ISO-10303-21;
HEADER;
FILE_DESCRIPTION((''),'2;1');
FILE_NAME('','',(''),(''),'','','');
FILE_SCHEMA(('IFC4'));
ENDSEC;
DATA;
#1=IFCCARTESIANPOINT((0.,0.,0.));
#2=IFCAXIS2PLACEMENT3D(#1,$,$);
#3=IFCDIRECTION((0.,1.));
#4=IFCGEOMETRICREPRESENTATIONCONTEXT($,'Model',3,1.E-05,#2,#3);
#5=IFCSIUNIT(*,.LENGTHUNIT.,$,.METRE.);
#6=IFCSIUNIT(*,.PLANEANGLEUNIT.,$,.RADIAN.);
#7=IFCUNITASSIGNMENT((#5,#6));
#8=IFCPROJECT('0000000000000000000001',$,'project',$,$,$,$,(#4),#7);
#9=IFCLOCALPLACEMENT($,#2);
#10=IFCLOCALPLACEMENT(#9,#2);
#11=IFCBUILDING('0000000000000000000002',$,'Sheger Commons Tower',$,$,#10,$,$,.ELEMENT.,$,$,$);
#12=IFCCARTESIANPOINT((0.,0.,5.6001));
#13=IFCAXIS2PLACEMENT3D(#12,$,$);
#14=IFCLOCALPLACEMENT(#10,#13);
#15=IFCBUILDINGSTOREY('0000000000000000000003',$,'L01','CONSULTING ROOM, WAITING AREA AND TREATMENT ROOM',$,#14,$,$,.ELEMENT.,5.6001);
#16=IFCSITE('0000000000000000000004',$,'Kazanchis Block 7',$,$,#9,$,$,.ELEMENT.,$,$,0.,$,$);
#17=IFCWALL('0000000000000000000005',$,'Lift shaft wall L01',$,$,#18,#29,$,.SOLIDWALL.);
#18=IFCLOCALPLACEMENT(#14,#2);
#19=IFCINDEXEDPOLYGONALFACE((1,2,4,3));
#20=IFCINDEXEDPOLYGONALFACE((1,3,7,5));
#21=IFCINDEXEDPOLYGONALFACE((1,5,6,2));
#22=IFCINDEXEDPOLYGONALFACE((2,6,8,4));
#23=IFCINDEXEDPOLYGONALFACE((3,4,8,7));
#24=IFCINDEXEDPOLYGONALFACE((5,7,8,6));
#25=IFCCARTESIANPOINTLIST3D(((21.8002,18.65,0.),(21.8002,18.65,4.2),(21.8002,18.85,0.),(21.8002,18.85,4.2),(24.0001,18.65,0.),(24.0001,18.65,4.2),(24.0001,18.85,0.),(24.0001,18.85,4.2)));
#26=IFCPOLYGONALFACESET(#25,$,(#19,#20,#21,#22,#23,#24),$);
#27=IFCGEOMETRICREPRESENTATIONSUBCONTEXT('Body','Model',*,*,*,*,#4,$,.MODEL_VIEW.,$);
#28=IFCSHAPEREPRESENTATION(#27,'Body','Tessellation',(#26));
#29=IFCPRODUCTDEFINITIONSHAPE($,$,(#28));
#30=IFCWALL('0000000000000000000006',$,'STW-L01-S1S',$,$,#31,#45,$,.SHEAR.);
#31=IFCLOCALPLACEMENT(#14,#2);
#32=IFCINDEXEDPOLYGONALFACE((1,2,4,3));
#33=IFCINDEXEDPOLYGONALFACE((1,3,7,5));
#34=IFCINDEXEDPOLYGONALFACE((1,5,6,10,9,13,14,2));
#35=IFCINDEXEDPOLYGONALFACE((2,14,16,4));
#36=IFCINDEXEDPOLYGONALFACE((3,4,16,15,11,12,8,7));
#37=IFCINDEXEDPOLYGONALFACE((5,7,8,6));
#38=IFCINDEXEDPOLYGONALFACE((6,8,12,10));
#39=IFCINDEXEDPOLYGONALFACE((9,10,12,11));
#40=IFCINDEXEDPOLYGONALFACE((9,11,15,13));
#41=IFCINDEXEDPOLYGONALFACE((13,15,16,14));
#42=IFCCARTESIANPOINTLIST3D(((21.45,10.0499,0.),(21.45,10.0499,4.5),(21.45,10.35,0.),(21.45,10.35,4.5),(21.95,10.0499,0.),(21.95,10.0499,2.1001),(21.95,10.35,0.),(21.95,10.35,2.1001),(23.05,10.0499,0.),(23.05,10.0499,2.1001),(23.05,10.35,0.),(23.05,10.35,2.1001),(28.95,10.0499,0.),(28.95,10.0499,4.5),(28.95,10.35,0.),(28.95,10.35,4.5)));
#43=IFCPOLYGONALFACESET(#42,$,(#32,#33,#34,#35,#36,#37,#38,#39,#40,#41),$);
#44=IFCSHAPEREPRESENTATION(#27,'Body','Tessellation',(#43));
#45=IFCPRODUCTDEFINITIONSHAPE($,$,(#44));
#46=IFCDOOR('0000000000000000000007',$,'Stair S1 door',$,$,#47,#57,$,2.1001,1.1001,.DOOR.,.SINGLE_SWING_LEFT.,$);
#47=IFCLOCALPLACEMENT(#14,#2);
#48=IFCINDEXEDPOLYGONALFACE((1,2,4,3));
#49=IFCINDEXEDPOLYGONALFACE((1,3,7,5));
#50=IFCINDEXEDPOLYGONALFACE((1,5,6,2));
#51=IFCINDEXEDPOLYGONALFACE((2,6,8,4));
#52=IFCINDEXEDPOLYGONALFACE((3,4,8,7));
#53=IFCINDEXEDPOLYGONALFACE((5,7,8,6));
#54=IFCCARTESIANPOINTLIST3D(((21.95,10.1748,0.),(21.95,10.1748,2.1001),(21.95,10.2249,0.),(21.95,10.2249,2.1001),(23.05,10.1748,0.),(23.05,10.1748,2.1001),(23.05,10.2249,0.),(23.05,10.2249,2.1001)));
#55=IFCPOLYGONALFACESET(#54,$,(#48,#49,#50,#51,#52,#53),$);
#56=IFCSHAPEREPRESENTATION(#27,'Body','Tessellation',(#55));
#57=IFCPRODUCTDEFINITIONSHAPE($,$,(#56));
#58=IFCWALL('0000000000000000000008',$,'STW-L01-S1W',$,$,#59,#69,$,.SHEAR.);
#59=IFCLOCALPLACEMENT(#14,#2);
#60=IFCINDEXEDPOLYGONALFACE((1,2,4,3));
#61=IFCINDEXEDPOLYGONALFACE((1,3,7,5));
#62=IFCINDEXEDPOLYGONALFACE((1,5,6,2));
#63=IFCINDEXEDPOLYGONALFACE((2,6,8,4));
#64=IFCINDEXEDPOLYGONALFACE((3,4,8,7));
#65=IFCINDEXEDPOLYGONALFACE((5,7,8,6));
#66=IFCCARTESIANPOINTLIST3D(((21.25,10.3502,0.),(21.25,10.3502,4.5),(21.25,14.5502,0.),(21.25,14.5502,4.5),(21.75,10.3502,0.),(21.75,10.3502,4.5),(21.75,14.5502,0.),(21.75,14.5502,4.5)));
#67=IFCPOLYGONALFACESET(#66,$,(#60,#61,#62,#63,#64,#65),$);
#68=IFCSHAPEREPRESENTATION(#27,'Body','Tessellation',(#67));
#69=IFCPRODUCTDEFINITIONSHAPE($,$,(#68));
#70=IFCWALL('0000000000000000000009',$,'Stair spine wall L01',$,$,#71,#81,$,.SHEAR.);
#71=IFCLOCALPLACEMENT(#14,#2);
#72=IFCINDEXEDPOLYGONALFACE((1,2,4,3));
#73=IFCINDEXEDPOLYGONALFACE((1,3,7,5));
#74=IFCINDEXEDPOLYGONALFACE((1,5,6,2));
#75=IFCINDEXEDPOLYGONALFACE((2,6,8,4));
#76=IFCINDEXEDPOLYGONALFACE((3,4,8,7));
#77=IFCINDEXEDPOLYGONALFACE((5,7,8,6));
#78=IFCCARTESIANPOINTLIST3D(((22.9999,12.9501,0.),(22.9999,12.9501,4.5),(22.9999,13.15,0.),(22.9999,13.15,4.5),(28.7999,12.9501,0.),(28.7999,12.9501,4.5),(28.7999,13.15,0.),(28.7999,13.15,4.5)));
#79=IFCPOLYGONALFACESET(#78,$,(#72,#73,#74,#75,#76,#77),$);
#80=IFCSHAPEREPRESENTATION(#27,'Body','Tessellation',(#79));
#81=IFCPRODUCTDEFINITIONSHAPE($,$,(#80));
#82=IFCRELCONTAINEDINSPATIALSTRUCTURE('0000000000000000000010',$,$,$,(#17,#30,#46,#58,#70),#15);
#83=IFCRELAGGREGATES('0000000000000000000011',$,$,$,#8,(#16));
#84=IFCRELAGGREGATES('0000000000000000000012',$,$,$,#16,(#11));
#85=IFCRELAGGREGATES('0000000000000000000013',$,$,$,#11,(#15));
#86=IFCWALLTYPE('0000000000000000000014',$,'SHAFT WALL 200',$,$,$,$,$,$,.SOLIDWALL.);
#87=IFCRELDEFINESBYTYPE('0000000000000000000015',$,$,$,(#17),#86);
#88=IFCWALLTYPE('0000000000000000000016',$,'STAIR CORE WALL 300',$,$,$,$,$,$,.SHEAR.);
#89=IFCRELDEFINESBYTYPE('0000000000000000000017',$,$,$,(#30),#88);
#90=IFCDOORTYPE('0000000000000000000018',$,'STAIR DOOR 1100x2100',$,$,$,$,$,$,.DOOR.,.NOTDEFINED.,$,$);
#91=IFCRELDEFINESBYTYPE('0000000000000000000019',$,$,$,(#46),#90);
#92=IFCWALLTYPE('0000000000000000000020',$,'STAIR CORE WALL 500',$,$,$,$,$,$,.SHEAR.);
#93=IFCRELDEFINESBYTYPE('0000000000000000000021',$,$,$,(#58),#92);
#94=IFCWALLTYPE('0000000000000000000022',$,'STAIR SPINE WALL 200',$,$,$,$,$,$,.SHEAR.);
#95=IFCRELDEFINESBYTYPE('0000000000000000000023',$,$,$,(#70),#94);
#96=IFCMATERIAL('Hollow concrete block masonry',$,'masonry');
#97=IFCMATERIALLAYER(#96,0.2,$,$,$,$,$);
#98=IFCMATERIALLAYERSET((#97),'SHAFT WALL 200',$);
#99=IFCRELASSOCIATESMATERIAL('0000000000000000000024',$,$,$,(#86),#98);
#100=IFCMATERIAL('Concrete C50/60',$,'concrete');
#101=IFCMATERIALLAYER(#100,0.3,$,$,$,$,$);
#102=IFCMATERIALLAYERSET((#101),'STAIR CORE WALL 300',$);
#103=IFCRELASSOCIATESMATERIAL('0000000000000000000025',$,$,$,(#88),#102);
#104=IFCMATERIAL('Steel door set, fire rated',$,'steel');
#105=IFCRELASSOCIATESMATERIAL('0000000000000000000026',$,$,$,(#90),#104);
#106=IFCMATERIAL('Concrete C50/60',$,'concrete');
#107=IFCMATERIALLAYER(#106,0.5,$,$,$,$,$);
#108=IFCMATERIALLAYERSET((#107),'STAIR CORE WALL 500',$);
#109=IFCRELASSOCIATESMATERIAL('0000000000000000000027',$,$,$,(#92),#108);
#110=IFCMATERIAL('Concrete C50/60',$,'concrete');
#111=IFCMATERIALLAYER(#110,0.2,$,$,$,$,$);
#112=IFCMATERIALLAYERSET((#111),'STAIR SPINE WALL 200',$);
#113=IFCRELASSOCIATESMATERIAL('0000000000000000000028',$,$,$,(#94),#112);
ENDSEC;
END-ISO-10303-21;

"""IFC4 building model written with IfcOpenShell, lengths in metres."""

from ifc_helpers import new_model, si_unit, direction, frame, frame_2d, origin, place, context, subcontext, project, spatial, rectangle, extrude, material, layer, layer_set, type_object, element, fill, save


model = new_model("IFC4")

# Units and contexts
model_context = context("Model", 3, precision=1e-05, world=origin(), true_north=direction((0.0, 1.0)))
body_context = subcontext(model_context, "Body", "Model", "MODEL_VIEW")
ifc_project = project(units=[si_unit("LENGTHUNIT", "METRE"), si_unit("PLANEANGLEUNIT", "RADIAN")], contexts=[model_context])

# Site, building, storey
site_placement = place(None, origin())
site = spatial("IfcSite", under=ifc_project, at=site_placement, Name="Kazanchis Block 7", CompositionType="ELEMENT", RefElevation=0.0)
building_placement = place(site_placement, origin())
building = spatial("IfcBuilding", under=site, at=building_placement, Name="Sheger Commons Tower", CompositionType="ELEMENT")
storey_placement = place(building_placement, frame((0.0, 0.0, 5.6001)))
storey = spatial("IfcBuildingStorey", under=building, at=storey_placement, Name="L01", Description="CONSULTING ROOM, WAITING AREA AND TREATMENT ROOM", CompositionType="ELEMENT", Elevation=5.6001)

# Wall
ifc_material_1 = material(Name="Hollow concrete block masonry", Category="masonry")
ifc_layer_1 = layer(ifc_material_1, 0.2)
ifc_layer_set_1 = layer_set([ifc_layer_1], Name="SHAFT WALL 200")
wall_type_1 = type_object("IfcWallType", Name="SHAFT WALL 200", PredefinedType="SOLIDWALL", material=ifc_layer_set_1)
wall_1_placement = place(storey_placement, frame((21.8, 18.75, 0.0), z_axis=(0.0, 0.0, 1.0), x_axis=(1.0, 0.0, 0.0)))
element("IfcWall", 1, at=wall_1_placement, inside=storey, type_object=wall_type_1, Name="Lift shaft wall L01", PredefinedType="SOLIDWALL", context=body_context, shape_type="SweptSolid", body=[
    extrude(rectangle(XDim=2.2, YDim=0.2, at=frame_2d((1.1001, 0.0))), origin(), (0.0, 0.0, 1.0), 4.2),
])

# Wall, opening, door
ifc_material_2 = material(Name="Concrete C50/60", Category="concrete")
ifc_layer_2 = layer(ifc_material_2, 0.3)
ifc_layer_set_2 = layer_set([ifc_layer_2], Name="STAIR CORE WALL 300")
wall_type_2 = type_object("IfcWallType", Name="STAIR CORE WALL 300", PredefinedType="SHEAR", material=ifc_layer_set_2)
wall_2_placement = place(storey_placement, frame((21.45, 10.2, 0.0), z_axis=(0.0, 0.0, 1.0), x_axis=(1.0, 0.0, 0.0)))
wall_2 = element("IfcWall", 2, at=wall_2_placement, inside=storey, type_object=wall_type_2, Name="STW-L01-S1S", PredefinedType="SHEAR", context=body_context, shape_type="SweptSolid", body=[
    extrude(rectangle(XDim=7.5, YDim=0.3, at=frame_2d((3.75, 0.0))), origin(), (0.0, 0.0, 1.0), 4.5),
])
opening_1_placement = place(wall_2_placement, frame((0.5, 0.0, 0.0)))
opening_1 = element("IfcOpeningElement", 3, at=opening_1_placement, cuts=wall_2, PredefinedType="OPENING", context=body_context, shape_type="SweptSolid", body=[
    extrude(rectangle(XDim=1.1001, YDim=2.1001, at=frame_2d((0.55, 1.05))), frame((0.0, 0.1599, 0.0), z_axis=(0.0, -1.0, 0.0), x_axis=(1.0, 0.0, 0.0)), (0.0, 0.0, 1.0), 0.3201),
])
ifc_material_3 = material(Name="Steel door set, fire rated", Category="steel")
door_type_1 = type_object("IfcDoorType", Name="STAIR DOOR 1100x2100", OperationType="NOTDEFINED", PredefinedType="DOOR", material=ifc_material_3)
door_1_placement = place(opening_1_placement, origin())
door_1 = element("IfcDoor", 4, at=door_1_placement, inside=storey, type_object=door_type_1, Name="Stair S1 door", OperationType="SINGLE_SWING_LEFT", OverallHeight=2.1001, OverallWidth=1.1001, PredefinedType="DOOR", context=body_context, shape_type="SweptSolid", body=[
    extrude(rectangle(XDim=1.1001, YDim=2.1001, at=frame_2d((0.55, 1.05))), frame((0.0, 0.0249, 0.0), z_axis=(0.0, -1.0, 0.0), x_axis=(1.0, 0.0, 0.0)), (0.0, 0.0, 1.0), 0.05),
])
fill(opening_1, door_1)

# Walls
ifc_material_4 = material(Name="Concrete C50/60", Category="concrete")
ifc_layer_3 = layer(ifc_material_4, 0.5)
ifc_layer_set_3 = layer_set([ifc_layer_3], Name="STAIR CORE WALL 500")
wall_type_3 = type_object("IfcWallType", Name="STAIR CORE WALL 500", PredefinedType="SHEAR", material=ifc_layer_set_3)
wall_3_placement = place(storey_placement, frame((21.5, 10.3501, 0.0), z_axis=(0.0, 0.0, 1.0), x_axis=(0.0, 1.0, 0.0)))
element("IfcWall", 5, at=wall_3_placement, inside=storey, type_object=wall_type_3, Name="STW-L01-S1W", PredefinedType="SHEAR", context=body_context, shape_type="SweptSolid", body=[
    extrude(rectangle(XDim=4.2, YDim=0.5, at=frame_2d((2.1001, 0.0))), origin(), (0.0, 0.0, 1.0), 4.5),
])
ifc_material_5 = material(Name="Concrete C50/60", Category="concrete")
ifc_layer_4 = layer(ifc_material_5, 0.2)
ifc_layer_set_4 = layer_set([ifc_layer_4], Name="STAIR SPINE WALL 200")
wall_type_4 = type_object("IfcWallType", Name="STAIR SPINE WALL 200", PredefinedType="SHEAR", material=ifc_layer_set_4)
wall_4_placement = place(storey_placement, frame((23.0, 13.05, 0.0), z_axis=(0.0, 0.0, 1.0), x_axis=(1.0, 0.0, 0.0)))
element("IfcWall", 6, at=wall_4_placement, inside=storey, type_object=wall_type_4, Name="Stair spine wall L01", PredefinedType="SHEAR", context=body_context, shape_type="SweptSolid", body=[
    extrude(rectangle(XDim=5.8, YDim=0.2, at=frame_2d((2.8999, 0.0))), origin(), (0.0, 0.0, 1.0), 4.5),
])

save(model, "model.ifc")
